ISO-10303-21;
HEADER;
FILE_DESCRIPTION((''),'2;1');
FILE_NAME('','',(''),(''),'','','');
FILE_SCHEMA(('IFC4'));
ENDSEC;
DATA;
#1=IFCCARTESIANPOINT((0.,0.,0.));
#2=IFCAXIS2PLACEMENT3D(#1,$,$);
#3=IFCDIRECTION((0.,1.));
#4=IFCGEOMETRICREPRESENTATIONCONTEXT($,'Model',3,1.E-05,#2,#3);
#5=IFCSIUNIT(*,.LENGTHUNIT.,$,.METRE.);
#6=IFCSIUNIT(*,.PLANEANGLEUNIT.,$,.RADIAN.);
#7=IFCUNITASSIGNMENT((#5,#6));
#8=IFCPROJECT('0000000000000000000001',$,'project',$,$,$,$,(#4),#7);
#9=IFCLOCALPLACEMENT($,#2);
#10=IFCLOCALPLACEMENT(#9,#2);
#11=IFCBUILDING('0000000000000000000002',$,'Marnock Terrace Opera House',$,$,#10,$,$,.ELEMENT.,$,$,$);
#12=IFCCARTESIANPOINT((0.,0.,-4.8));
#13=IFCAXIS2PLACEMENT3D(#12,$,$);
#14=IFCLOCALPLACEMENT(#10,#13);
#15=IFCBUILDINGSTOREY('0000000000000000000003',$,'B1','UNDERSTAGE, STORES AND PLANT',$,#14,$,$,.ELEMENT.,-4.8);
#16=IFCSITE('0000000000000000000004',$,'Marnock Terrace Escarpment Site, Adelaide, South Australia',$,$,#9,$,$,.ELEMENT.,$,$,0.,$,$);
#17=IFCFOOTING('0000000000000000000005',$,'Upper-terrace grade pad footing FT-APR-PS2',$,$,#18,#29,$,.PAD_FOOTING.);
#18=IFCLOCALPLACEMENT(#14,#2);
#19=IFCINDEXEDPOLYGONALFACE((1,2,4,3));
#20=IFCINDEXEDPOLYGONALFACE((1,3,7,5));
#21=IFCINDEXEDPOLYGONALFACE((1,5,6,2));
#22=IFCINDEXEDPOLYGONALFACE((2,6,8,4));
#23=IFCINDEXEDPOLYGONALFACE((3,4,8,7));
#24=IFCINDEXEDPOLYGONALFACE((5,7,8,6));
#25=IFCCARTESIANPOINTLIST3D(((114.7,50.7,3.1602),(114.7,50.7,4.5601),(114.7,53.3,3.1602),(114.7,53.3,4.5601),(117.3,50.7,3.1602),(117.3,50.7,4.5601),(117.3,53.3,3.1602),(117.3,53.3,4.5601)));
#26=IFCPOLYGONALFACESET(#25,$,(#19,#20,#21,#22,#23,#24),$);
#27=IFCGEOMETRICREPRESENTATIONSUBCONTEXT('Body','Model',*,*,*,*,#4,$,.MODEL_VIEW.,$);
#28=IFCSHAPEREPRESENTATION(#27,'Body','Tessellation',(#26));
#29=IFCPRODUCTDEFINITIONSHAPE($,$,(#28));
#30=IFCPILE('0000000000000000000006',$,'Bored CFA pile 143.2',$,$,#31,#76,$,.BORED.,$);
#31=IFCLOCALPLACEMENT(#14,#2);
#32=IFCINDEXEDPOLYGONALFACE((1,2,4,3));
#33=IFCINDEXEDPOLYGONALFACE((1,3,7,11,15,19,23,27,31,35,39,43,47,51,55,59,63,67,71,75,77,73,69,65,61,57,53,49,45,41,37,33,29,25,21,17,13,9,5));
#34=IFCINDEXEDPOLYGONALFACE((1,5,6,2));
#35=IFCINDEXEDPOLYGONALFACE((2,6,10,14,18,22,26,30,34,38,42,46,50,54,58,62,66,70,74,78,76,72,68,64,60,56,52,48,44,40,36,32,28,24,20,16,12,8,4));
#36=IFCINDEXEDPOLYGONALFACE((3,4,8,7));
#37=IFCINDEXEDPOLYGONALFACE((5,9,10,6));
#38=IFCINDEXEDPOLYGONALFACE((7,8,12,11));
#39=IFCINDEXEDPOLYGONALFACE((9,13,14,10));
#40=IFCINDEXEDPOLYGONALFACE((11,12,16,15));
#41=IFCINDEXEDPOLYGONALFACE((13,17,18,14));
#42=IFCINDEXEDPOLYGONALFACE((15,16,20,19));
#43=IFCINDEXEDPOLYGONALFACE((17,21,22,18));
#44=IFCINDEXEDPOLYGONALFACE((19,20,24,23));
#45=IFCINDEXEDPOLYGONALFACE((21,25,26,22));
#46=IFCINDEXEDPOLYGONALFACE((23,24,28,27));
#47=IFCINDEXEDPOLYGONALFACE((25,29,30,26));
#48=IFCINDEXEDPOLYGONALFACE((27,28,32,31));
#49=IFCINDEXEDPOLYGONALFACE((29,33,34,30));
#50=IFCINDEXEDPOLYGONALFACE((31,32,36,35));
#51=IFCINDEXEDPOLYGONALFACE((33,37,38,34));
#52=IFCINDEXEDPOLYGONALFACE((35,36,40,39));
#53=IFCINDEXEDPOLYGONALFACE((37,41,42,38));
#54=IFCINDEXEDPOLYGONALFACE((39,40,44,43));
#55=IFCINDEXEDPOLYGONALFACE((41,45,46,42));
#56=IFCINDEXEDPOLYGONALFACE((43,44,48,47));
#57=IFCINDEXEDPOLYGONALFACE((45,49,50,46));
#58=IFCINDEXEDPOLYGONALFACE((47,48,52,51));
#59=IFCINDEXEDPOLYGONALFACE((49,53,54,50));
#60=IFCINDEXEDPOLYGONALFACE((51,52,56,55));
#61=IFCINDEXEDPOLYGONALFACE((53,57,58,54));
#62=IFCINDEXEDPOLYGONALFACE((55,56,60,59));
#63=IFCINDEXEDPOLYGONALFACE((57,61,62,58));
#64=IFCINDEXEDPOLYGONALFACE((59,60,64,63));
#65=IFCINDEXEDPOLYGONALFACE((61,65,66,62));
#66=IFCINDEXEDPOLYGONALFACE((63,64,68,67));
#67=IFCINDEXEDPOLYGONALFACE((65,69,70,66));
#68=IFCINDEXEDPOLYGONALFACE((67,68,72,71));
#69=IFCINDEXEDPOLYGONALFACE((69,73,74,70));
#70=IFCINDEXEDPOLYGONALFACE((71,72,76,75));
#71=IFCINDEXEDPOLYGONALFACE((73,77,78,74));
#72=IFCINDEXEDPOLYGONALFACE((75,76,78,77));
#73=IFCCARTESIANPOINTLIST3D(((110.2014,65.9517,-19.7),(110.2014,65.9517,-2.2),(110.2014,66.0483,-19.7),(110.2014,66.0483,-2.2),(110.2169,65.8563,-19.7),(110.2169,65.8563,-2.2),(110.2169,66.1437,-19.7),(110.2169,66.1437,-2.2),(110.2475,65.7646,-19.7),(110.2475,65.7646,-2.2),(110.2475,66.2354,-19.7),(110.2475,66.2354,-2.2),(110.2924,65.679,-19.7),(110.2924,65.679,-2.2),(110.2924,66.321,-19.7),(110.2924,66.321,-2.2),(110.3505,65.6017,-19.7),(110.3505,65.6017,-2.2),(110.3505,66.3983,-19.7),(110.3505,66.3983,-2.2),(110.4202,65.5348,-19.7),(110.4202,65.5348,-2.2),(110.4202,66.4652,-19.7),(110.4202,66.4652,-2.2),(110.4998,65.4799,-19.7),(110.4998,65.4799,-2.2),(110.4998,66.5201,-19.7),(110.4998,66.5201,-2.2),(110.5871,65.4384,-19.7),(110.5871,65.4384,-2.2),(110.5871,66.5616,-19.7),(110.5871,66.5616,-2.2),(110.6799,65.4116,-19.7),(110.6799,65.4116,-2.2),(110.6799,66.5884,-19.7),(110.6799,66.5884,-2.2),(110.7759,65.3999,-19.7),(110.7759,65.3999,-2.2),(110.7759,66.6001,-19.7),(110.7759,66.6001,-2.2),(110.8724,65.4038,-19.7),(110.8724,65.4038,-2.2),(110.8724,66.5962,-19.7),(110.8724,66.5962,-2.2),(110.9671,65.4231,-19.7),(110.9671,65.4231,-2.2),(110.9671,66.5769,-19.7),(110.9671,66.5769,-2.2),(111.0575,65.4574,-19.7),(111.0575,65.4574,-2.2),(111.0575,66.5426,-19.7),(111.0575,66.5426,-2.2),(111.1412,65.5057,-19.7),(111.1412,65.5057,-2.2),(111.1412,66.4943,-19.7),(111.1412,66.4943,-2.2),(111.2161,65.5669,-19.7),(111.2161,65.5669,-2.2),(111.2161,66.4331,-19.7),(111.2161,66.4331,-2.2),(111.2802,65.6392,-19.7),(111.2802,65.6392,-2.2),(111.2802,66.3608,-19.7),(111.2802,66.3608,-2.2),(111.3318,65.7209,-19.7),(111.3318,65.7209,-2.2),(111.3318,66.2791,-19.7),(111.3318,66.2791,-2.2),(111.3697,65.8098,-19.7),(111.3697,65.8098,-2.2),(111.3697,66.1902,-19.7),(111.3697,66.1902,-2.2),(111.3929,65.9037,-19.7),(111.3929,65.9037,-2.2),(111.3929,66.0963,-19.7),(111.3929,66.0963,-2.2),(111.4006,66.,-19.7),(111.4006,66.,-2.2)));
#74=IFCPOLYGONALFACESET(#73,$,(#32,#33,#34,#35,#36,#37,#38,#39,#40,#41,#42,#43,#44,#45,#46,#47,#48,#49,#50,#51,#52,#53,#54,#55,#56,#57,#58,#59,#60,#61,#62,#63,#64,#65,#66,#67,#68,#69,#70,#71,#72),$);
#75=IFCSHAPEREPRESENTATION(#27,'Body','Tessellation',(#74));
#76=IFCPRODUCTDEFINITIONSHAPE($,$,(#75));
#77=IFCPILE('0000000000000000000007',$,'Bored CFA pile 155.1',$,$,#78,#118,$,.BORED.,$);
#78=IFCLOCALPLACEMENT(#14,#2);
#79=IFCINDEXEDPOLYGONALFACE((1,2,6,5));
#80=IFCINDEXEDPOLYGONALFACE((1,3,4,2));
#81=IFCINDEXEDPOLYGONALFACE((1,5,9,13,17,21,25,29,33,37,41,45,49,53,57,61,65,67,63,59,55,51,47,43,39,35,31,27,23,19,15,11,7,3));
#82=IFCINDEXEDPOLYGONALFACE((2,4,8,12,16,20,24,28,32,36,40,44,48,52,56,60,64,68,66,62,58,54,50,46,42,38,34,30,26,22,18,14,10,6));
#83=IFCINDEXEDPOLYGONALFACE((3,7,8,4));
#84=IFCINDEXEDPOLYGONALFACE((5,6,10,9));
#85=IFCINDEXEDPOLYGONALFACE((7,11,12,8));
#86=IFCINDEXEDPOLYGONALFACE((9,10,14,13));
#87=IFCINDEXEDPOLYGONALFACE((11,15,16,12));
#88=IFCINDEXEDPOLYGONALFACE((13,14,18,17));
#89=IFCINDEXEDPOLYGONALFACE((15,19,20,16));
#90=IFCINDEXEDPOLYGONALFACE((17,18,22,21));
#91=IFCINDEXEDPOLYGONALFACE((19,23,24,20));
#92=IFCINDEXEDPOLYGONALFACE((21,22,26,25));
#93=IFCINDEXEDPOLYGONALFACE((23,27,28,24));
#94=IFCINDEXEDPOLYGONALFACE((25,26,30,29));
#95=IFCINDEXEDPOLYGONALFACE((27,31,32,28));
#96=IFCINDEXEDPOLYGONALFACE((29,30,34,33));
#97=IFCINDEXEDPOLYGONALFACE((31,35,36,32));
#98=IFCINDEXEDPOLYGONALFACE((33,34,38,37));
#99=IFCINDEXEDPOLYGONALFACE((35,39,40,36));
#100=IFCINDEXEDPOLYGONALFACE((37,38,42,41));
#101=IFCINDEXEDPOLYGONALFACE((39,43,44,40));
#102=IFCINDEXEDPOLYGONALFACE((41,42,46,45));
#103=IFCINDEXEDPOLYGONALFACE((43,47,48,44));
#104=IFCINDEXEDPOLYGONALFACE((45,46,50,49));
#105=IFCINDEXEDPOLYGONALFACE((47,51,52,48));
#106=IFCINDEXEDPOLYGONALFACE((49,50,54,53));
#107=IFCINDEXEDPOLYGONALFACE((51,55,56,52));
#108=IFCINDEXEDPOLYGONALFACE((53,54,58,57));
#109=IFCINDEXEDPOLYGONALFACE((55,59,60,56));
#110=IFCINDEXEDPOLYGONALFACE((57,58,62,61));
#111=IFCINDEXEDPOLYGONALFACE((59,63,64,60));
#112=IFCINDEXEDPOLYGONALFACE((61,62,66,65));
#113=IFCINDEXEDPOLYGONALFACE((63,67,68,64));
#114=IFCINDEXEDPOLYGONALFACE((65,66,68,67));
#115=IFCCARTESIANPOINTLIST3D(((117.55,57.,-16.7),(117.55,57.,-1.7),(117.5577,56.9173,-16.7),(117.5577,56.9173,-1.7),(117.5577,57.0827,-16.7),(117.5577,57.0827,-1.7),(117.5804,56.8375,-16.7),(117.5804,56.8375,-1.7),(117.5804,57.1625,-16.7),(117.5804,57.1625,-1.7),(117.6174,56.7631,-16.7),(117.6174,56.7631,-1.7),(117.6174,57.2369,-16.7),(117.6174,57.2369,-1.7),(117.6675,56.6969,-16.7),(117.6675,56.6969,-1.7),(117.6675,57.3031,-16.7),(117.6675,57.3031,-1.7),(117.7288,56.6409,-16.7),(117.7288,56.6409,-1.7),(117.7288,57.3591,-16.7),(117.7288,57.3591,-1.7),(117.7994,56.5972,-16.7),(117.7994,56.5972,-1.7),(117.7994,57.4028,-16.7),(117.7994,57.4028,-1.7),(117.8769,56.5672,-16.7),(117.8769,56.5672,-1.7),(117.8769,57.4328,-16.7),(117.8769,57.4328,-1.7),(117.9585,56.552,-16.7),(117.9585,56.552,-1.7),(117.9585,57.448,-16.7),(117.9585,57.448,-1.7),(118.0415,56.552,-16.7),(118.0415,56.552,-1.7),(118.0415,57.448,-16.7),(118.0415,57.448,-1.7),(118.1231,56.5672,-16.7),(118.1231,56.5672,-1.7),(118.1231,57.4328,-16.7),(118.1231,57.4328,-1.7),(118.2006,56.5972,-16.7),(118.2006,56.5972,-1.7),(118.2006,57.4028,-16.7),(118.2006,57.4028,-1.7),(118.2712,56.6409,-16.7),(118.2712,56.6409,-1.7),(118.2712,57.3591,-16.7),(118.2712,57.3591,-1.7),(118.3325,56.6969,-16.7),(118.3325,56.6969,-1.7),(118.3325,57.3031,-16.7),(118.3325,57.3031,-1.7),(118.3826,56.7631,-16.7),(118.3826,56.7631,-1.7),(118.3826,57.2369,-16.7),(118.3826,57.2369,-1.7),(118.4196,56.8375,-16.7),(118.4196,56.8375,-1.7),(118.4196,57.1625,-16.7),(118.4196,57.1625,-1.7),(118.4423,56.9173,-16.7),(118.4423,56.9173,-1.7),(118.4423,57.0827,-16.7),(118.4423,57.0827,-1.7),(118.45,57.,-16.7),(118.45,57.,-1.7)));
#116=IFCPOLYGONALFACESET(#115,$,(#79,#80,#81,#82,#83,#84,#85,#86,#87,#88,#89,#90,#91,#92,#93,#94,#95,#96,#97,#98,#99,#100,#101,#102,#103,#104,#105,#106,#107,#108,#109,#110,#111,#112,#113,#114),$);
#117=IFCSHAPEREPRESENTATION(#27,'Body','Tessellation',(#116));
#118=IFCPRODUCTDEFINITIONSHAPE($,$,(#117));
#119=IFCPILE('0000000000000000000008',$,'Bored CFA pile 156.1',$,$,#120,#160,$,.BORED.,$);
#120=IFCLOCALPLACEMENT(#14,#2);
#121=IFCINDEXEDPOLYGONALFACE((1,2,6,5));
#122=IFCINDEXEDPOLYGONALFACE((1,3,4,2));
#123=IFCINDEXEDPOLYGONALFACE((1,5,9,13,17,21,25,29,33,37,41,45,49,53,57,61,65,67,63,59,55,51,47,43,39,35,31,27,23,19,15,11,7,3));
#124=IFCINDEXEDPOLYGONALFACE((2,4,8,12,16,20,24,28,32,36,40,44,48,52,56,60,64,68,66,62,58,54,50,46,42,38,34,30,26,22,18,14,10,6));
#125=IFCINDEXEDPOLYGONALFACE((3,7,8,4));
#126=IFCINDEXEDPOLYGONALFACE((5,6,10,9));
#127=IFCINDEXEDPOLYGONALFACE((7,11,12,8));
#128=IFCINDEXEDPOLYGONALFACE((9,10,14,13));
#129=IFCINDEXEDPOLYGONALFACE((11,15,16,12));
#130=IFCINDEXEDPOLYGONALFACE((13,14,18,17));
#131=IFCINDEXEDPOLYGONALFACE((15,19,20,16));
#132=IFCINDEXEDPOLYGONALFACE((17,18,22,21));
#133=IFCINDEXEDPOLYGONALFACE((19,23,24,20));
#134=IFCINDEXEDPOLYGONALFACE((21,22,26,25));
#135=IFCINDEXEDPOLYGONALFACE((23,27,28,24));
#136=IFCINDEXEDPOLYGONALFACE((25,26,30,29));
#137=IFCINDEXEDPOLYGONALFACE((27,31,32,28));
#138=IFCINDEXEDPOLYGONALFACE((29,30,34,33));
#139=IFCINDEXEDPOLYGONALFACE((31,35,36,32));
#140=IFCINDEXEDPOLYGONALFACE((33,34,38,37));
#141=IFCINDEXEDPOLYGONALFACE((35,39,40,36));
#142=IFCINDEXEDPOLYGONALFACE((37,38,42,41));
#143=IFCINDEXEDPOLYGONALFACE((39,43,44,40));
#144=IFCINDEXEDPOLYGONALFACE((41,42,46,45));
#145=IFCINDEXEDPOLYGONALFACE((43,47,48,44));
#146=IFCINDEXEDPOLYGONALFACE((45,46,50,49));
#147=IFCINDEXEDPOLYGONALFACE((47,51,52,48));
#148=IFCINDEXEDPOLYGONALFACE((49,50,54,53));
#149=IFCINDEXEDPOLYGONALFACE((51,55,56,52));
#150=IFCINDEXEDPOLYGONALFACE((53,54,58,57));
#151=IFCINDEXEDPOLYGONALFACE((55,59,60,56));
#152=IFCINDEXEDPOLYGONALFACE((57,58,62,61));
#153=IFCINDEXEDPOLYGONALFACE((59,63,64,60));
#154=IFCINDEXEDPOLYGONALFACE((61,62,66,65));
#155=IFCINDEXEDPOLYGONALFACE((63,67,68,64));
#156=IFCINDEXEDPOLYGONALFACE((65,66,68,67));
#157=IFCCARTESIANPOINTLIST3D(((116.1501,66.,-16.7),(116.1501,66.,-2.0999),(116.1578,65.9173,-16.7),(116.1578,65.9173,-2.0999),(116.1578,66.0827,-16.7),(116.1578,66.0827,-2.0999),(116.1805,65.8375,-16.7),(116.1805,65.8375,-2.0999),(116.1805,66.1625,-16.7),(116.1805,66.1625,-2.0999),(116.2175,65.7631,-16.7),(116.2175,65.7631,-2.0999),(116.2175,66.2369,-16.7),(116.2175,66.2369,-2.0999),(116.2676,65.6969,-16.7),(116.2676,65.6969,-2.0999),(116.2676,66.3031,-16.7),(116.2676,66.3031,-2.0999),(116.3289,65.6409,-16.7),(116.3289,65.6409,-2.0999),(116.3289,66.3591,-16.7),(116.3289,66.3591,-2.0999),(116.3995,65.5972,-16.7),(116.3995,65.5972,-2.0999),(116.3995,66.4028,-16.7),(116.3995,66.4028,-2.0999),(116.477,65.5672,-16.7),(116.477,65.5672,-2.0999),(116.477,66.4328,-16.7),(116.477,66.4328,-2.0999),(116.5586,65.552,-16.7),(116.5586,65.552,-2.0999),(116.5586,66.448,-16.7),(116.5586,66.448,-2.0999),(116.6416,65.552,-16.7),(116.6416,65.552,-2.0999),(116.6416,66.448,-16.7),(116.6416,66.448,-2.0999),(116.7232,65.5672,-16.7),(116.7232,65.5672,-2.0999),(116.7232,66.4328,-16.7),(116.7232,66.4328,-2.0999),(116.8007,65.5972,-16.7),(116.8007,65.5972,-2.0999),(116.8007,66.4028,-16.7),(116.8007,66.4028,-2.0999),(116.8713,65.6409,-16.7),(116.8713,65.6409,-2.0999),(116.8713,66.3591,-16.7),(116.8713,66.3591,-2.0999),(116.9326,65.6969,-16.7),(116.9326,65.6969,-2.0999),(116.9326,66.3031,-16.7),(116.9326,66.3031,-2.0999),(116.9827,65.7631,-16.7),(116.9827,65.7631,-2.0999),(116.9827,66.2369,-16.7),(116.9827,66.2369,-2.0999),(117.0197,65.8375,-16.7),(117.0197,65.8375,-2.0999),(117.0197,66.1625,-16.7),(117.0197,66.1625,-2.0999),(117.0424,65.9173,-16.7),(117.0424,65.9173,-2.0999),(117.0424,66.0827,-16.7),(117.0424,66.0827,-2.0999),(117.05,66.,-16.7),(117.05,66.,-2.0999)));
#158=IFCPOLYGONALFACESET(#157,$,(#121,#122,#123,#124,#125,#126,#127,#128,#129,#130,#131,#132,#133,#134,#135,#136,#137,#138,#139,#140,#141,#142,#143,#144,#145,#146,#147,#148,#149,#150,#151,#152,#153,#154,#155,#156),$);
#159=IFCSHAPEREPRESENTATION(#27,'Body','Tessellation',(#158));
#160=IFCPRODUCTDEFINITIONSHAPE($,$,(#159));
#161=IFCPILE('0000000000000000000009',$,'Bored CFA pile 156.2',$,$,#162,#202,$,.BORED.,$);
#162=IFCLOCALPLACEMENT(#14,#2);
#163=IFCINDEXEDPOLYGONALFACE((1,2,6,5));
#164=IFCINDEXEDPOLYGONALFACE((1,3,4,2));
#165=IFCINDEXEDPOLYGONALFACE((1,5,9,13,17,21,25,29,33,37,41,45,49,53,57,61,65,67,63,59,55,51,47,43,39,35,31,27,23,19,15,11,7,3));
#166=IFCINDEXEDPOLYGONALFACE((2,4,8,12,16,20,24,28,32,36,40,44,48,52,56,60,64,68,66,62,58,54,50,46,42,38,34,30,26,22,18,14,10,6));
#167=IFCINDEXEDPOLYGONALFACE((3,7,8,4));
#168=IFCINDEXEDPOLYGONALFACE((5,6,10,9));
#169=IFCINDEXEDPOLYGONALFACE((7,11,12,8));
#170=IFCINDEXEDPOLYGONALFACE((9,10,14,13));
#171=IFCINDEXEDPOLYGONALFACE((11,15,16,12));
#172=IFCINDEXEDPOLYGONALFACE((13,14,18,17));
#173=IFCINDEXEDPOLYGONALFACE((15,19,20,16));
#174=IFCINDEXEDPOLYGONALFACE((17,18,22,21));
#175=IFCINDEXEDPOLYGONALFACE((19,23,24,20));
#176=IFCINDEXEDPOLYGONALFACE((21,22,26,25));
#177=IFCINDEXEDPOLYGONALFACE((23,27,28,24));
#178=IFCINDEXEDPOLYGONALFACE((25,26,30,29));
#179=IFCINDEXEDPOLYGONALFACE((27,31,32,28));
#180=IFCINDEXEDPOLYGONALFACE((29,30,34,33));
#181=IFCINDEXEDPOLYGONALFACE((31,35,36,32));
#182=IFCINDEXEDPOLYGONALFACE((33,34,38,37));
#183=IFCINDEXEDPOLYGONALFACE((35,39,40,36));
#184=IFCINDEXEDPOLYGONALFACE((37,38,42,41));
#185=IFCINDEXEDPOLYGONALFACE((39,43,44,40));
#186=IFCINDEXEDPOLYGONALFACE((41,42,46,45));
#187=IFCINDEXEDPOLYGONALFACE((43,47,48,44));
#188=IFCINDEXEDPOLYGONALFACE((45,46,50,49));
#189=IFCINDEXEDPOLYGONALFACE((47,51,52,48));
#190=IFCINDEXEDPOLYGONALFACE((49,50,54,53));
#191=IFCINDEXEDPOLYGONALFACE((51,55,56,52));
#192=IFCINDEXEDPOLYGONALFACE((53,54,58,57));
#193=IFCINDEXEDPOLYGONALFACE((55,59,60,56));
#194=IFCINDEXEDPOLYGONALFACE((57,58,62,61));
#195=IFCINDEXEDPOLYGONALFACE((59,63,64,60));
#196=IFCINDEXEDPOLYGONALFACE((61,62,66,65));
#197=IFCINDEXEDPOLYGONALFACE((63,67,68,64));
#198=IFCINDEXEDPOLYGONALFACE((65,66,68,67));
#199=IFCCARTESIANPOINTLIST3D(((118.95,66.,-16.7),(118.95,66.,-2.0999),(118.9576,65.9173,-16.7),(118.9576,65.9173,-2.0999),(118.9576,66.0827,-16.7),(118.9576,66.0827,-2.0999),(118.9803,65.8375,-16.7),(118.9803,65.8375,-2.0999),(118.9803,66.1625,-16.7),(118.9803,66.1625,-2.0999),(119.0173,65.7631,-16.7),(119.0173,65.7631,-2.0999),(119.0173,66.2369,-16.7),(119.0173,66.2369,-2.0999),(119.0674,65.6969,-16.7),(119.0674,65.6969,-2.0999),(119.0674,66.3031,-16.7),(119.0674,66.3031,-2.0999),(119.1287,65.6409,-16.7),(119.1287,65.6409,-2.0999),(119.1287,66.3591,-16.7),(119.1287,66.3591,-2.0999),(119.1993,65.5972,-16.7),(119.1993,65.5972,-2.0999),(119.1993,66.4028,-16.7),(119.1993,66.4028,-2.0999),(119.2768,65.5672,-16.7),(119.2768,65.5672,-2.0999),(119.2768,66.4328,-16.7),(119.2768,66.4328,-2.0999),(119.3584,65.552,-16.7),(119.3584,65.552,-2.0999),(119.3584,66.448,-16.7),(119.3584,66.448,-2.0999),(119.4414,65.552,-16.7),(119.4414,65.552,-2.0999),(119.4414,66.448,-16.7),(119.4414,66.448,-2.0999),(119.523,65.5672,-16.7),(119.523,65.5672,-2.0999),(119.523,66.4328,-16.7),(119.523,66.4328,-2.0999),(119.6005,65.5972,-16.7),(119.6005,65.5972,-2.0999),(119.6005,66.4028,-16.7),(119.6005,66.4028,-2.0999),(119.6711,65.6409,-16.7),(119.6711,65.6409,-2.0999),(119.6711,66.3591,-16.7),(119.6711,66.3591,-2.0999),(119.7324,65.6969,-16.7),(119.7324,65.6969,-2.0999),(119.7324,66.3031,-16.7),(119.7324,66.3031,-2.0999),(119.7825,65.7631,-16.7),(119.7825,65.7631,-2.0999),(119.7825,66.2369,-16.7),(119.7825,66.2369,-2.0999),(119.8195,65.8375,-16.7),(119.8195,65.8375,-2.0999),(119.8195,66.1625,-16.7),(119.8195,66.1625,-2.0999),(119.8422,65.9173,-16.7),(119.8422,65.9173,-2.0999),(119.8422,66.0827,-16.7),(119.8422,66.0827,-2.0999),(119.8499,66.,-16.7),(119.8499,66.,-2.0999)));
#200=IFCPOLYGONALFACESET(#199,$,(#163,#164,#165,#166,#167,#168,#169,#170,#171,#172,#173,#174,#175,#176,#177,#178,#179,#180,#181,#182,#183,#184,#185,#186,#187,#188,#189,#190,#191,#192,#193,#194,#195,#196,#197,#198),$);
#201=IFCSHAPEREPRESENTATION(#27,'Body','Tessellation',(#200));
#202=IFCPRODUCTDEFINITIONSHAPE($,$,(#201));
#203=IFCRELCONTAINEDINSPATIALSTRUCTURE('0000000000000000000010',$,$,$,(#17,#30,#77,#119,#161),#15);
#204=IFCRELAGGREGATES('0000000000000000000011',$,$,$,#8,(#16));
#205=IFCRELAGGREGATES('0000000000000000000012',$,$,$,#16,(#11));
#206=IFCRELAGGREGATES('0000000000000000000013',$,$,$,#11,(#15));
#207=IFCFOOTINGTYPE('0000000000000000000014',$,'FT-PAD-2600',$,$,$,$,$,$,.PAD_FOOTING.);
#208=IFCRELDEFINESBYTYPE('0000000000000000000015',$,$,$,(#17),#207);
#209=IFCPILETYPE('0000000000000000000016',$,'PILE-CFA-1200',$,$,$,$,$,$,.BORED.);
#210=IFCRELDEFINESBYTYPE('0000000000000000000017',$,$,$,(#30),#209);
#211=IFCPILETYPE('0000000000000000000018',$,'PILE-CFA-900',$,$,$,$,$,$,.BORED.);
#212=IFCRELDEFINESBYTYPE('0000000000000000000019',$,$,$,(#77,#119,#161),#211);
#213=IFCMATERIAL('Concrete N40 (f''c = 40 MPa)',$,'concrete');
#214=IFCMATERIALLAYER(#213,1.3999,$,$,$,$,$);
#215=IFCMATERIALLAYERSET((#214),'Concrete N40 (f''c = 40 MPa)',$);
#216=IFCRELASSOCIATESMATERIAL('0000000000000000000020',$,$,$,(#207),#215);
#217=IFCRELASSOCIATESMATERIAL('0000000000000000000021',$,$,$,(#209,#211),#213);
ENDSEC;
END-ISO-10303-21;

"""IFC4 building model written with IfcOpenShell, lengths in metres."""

from ifc_helpers import new_model, si_unit, direction, frame, origin, origin_2d, place, context, subcontext, project, spatial, rectangle, circle, extrude, material, layer, layer_set, material_profile, profile_set, type_object, element, save


model = new_model("IFC4")

# Units and contexts
model_context = context("Model", 3, precision=1e-05, world=origin(), true_north=direction((0.0, 1.0)))
body_context = subcontext(model_context, "Body", "Model", "MODEL_VIEW")
ifc_project = project(units=[si_unit("LENGTHUNIT", "METRE"), si_unit("PLANEANGLEUNIT", "RADIAN")], contexts=[model_context])

# Site, building, storey
site_placement = place(None, origin())
site = spatial("IfcSite", under=ifc_project, at=site_placement, Name="Marnock Terrace Escarpment Site, Adelaide, South Australia", CompositionType="ELEMENT", RefElevation=0.0)
building_placement = place(site_placement, origin())
building = spatial("IfcBuilding", under=site, at=building_placement, Name="Marnock Terrace Opera House", CompositionType="ELEMENT")
storey_placement = place(building_placement, frame((0.0, 0.0, -4.8)))
storey = spatial("IfcBuildingStorey", under=building, at=storey_placement, Name="B1", Description="UNDERSTAGE, STORES AND PLANT", CompositionType="ELEMENT", Elevation=-4.8)

# Footing
ifc_material_1 = material(Name="Concrete N40 (f'c = 40 MPa)", Category="concrete")
ifc_layer_1 = layer(ifc_material_1, 1.3999)
ifc_layer_set_1 = layer_set([ifc_layer_1], Name="Concrete N40 (f'c = 40 MPa)")
footing_type_1 = type_object("IfcFootingType", Name="FT-PAD-2600", PredefinedType="PAD_FOOTING", material=ifc_layer_set_1)
for number, where, z_axis, x_axis, name in (
    (1, (116.0, 52.0, 3.1602), (0.0, 0.0, 1.0), (1.0, 0.0, 0.0), "Upper-terrace grade pad footing FT-APR-PS2"),
):
    element("IfcFooting", number, at=place(storey_placement, frame(where, z_axis=z_axis, x_axis=x_axis)), inside=storey, type_object=footing_type_1, Name=name, PredefinedType="PAD_FOOTING", context=body_context, shape_type="SweptSolid", body=[
        extrude(rectangle(XDim=2.6001, YDim=2.6001, at=origin_2d()), origin(), (0.0, 0.0, 1.0), 1.3999),
    ])

# Piles
ifc_material_profile_1 = material_profile(ifc_material_1, circle(Radius=0.6006, at=origin_2d()))
ifc_profile_set_1 = profile_set([ifc_material_profile_1], Name="Concrete N40 (f'c = 40 MPa)")
pile_type_1 = type_object("IfcPileType", Name="PILE-CFA-1200", PredefinedType="BORED", material=ifc_profile_set_1)
pile_1_placement = place(storey_placement, frame((110.8, 66.0, -2.2), z_axis=(0.0, 0.0, -1.0), x_axis=(1.0, 0.0, 0.0)))
element("IfcPile", 2, at=pile_1_placement, inside=storey, type_object=pile_type_1, Name="Bored CFA pile 143.2", PredefinedType="BORED", context=body_context, shape_type="SweptSolid", body=[
    extrude(circle(Radius=0.6006, at=origin_2d()), origin(), (0.0, 0.0, 1.0), 17.5),
])
ifc_material_profile_2 = material_profile(ifc_material_1, circle(Radius=0.45, at=origin_2d()))
ifc_profile_set_2 = profile_set([ifc_material_profile_2], Name="Concrete N40 (f'c = 40 MPa)")
pile_type_2 = type_object("IfcPileType", Name="PILE-CFA-900", PredefinedType="BORED", material=ifc_profile_set_2)
pile_2_placement = place(storey_placement, frame((118.0, 57.0, -1.7), z_axis=(0.0, 0.0, -1.0), x_axis=(1.0, 0.0, 0.0)))
element("IfcPile", 3, at=pile_2_placement, inside=storey, type_object=pile_type_2, Name="Bored CFA pile 155.1", PredefinedType="BORED", context=body_context, shape_type="SweptSolid", body=[
    extrude(circle(Radius=0.45, at=origin_2d()), origin(), (0.0, 0.0, 1.0), 15.0),
])
for number, where, z_axis, x_axis, name in (
    (4, (116.6001, 66.0, -2.0999), (0.0, 0.0, -1.0), (1.0, 0.0, 0.0), "Bored CFA pile 156.1"),
    (5, (119.3999, 66.0, -2.0999), (0.0, 0.0, -1.0), (1.0, 0.0, 0.0), "Bored CFA pile 156.2"),
):
    element("IfcPile", number, at=place(storey_placement, frame(where, z_axis=z_axis, x_axis=x_axis)), inside=storey, type_object=pile_type_2, Name=name, PredefinedType="BORED", context=body_context, shape_type="SweptSolid", body=[
        extrude(circle(Radius=0.45, at=origin_2d()), origin(), (0.0, 0.0, 1.0), 14.6001),
    ])

save(model, "model.ifc")
